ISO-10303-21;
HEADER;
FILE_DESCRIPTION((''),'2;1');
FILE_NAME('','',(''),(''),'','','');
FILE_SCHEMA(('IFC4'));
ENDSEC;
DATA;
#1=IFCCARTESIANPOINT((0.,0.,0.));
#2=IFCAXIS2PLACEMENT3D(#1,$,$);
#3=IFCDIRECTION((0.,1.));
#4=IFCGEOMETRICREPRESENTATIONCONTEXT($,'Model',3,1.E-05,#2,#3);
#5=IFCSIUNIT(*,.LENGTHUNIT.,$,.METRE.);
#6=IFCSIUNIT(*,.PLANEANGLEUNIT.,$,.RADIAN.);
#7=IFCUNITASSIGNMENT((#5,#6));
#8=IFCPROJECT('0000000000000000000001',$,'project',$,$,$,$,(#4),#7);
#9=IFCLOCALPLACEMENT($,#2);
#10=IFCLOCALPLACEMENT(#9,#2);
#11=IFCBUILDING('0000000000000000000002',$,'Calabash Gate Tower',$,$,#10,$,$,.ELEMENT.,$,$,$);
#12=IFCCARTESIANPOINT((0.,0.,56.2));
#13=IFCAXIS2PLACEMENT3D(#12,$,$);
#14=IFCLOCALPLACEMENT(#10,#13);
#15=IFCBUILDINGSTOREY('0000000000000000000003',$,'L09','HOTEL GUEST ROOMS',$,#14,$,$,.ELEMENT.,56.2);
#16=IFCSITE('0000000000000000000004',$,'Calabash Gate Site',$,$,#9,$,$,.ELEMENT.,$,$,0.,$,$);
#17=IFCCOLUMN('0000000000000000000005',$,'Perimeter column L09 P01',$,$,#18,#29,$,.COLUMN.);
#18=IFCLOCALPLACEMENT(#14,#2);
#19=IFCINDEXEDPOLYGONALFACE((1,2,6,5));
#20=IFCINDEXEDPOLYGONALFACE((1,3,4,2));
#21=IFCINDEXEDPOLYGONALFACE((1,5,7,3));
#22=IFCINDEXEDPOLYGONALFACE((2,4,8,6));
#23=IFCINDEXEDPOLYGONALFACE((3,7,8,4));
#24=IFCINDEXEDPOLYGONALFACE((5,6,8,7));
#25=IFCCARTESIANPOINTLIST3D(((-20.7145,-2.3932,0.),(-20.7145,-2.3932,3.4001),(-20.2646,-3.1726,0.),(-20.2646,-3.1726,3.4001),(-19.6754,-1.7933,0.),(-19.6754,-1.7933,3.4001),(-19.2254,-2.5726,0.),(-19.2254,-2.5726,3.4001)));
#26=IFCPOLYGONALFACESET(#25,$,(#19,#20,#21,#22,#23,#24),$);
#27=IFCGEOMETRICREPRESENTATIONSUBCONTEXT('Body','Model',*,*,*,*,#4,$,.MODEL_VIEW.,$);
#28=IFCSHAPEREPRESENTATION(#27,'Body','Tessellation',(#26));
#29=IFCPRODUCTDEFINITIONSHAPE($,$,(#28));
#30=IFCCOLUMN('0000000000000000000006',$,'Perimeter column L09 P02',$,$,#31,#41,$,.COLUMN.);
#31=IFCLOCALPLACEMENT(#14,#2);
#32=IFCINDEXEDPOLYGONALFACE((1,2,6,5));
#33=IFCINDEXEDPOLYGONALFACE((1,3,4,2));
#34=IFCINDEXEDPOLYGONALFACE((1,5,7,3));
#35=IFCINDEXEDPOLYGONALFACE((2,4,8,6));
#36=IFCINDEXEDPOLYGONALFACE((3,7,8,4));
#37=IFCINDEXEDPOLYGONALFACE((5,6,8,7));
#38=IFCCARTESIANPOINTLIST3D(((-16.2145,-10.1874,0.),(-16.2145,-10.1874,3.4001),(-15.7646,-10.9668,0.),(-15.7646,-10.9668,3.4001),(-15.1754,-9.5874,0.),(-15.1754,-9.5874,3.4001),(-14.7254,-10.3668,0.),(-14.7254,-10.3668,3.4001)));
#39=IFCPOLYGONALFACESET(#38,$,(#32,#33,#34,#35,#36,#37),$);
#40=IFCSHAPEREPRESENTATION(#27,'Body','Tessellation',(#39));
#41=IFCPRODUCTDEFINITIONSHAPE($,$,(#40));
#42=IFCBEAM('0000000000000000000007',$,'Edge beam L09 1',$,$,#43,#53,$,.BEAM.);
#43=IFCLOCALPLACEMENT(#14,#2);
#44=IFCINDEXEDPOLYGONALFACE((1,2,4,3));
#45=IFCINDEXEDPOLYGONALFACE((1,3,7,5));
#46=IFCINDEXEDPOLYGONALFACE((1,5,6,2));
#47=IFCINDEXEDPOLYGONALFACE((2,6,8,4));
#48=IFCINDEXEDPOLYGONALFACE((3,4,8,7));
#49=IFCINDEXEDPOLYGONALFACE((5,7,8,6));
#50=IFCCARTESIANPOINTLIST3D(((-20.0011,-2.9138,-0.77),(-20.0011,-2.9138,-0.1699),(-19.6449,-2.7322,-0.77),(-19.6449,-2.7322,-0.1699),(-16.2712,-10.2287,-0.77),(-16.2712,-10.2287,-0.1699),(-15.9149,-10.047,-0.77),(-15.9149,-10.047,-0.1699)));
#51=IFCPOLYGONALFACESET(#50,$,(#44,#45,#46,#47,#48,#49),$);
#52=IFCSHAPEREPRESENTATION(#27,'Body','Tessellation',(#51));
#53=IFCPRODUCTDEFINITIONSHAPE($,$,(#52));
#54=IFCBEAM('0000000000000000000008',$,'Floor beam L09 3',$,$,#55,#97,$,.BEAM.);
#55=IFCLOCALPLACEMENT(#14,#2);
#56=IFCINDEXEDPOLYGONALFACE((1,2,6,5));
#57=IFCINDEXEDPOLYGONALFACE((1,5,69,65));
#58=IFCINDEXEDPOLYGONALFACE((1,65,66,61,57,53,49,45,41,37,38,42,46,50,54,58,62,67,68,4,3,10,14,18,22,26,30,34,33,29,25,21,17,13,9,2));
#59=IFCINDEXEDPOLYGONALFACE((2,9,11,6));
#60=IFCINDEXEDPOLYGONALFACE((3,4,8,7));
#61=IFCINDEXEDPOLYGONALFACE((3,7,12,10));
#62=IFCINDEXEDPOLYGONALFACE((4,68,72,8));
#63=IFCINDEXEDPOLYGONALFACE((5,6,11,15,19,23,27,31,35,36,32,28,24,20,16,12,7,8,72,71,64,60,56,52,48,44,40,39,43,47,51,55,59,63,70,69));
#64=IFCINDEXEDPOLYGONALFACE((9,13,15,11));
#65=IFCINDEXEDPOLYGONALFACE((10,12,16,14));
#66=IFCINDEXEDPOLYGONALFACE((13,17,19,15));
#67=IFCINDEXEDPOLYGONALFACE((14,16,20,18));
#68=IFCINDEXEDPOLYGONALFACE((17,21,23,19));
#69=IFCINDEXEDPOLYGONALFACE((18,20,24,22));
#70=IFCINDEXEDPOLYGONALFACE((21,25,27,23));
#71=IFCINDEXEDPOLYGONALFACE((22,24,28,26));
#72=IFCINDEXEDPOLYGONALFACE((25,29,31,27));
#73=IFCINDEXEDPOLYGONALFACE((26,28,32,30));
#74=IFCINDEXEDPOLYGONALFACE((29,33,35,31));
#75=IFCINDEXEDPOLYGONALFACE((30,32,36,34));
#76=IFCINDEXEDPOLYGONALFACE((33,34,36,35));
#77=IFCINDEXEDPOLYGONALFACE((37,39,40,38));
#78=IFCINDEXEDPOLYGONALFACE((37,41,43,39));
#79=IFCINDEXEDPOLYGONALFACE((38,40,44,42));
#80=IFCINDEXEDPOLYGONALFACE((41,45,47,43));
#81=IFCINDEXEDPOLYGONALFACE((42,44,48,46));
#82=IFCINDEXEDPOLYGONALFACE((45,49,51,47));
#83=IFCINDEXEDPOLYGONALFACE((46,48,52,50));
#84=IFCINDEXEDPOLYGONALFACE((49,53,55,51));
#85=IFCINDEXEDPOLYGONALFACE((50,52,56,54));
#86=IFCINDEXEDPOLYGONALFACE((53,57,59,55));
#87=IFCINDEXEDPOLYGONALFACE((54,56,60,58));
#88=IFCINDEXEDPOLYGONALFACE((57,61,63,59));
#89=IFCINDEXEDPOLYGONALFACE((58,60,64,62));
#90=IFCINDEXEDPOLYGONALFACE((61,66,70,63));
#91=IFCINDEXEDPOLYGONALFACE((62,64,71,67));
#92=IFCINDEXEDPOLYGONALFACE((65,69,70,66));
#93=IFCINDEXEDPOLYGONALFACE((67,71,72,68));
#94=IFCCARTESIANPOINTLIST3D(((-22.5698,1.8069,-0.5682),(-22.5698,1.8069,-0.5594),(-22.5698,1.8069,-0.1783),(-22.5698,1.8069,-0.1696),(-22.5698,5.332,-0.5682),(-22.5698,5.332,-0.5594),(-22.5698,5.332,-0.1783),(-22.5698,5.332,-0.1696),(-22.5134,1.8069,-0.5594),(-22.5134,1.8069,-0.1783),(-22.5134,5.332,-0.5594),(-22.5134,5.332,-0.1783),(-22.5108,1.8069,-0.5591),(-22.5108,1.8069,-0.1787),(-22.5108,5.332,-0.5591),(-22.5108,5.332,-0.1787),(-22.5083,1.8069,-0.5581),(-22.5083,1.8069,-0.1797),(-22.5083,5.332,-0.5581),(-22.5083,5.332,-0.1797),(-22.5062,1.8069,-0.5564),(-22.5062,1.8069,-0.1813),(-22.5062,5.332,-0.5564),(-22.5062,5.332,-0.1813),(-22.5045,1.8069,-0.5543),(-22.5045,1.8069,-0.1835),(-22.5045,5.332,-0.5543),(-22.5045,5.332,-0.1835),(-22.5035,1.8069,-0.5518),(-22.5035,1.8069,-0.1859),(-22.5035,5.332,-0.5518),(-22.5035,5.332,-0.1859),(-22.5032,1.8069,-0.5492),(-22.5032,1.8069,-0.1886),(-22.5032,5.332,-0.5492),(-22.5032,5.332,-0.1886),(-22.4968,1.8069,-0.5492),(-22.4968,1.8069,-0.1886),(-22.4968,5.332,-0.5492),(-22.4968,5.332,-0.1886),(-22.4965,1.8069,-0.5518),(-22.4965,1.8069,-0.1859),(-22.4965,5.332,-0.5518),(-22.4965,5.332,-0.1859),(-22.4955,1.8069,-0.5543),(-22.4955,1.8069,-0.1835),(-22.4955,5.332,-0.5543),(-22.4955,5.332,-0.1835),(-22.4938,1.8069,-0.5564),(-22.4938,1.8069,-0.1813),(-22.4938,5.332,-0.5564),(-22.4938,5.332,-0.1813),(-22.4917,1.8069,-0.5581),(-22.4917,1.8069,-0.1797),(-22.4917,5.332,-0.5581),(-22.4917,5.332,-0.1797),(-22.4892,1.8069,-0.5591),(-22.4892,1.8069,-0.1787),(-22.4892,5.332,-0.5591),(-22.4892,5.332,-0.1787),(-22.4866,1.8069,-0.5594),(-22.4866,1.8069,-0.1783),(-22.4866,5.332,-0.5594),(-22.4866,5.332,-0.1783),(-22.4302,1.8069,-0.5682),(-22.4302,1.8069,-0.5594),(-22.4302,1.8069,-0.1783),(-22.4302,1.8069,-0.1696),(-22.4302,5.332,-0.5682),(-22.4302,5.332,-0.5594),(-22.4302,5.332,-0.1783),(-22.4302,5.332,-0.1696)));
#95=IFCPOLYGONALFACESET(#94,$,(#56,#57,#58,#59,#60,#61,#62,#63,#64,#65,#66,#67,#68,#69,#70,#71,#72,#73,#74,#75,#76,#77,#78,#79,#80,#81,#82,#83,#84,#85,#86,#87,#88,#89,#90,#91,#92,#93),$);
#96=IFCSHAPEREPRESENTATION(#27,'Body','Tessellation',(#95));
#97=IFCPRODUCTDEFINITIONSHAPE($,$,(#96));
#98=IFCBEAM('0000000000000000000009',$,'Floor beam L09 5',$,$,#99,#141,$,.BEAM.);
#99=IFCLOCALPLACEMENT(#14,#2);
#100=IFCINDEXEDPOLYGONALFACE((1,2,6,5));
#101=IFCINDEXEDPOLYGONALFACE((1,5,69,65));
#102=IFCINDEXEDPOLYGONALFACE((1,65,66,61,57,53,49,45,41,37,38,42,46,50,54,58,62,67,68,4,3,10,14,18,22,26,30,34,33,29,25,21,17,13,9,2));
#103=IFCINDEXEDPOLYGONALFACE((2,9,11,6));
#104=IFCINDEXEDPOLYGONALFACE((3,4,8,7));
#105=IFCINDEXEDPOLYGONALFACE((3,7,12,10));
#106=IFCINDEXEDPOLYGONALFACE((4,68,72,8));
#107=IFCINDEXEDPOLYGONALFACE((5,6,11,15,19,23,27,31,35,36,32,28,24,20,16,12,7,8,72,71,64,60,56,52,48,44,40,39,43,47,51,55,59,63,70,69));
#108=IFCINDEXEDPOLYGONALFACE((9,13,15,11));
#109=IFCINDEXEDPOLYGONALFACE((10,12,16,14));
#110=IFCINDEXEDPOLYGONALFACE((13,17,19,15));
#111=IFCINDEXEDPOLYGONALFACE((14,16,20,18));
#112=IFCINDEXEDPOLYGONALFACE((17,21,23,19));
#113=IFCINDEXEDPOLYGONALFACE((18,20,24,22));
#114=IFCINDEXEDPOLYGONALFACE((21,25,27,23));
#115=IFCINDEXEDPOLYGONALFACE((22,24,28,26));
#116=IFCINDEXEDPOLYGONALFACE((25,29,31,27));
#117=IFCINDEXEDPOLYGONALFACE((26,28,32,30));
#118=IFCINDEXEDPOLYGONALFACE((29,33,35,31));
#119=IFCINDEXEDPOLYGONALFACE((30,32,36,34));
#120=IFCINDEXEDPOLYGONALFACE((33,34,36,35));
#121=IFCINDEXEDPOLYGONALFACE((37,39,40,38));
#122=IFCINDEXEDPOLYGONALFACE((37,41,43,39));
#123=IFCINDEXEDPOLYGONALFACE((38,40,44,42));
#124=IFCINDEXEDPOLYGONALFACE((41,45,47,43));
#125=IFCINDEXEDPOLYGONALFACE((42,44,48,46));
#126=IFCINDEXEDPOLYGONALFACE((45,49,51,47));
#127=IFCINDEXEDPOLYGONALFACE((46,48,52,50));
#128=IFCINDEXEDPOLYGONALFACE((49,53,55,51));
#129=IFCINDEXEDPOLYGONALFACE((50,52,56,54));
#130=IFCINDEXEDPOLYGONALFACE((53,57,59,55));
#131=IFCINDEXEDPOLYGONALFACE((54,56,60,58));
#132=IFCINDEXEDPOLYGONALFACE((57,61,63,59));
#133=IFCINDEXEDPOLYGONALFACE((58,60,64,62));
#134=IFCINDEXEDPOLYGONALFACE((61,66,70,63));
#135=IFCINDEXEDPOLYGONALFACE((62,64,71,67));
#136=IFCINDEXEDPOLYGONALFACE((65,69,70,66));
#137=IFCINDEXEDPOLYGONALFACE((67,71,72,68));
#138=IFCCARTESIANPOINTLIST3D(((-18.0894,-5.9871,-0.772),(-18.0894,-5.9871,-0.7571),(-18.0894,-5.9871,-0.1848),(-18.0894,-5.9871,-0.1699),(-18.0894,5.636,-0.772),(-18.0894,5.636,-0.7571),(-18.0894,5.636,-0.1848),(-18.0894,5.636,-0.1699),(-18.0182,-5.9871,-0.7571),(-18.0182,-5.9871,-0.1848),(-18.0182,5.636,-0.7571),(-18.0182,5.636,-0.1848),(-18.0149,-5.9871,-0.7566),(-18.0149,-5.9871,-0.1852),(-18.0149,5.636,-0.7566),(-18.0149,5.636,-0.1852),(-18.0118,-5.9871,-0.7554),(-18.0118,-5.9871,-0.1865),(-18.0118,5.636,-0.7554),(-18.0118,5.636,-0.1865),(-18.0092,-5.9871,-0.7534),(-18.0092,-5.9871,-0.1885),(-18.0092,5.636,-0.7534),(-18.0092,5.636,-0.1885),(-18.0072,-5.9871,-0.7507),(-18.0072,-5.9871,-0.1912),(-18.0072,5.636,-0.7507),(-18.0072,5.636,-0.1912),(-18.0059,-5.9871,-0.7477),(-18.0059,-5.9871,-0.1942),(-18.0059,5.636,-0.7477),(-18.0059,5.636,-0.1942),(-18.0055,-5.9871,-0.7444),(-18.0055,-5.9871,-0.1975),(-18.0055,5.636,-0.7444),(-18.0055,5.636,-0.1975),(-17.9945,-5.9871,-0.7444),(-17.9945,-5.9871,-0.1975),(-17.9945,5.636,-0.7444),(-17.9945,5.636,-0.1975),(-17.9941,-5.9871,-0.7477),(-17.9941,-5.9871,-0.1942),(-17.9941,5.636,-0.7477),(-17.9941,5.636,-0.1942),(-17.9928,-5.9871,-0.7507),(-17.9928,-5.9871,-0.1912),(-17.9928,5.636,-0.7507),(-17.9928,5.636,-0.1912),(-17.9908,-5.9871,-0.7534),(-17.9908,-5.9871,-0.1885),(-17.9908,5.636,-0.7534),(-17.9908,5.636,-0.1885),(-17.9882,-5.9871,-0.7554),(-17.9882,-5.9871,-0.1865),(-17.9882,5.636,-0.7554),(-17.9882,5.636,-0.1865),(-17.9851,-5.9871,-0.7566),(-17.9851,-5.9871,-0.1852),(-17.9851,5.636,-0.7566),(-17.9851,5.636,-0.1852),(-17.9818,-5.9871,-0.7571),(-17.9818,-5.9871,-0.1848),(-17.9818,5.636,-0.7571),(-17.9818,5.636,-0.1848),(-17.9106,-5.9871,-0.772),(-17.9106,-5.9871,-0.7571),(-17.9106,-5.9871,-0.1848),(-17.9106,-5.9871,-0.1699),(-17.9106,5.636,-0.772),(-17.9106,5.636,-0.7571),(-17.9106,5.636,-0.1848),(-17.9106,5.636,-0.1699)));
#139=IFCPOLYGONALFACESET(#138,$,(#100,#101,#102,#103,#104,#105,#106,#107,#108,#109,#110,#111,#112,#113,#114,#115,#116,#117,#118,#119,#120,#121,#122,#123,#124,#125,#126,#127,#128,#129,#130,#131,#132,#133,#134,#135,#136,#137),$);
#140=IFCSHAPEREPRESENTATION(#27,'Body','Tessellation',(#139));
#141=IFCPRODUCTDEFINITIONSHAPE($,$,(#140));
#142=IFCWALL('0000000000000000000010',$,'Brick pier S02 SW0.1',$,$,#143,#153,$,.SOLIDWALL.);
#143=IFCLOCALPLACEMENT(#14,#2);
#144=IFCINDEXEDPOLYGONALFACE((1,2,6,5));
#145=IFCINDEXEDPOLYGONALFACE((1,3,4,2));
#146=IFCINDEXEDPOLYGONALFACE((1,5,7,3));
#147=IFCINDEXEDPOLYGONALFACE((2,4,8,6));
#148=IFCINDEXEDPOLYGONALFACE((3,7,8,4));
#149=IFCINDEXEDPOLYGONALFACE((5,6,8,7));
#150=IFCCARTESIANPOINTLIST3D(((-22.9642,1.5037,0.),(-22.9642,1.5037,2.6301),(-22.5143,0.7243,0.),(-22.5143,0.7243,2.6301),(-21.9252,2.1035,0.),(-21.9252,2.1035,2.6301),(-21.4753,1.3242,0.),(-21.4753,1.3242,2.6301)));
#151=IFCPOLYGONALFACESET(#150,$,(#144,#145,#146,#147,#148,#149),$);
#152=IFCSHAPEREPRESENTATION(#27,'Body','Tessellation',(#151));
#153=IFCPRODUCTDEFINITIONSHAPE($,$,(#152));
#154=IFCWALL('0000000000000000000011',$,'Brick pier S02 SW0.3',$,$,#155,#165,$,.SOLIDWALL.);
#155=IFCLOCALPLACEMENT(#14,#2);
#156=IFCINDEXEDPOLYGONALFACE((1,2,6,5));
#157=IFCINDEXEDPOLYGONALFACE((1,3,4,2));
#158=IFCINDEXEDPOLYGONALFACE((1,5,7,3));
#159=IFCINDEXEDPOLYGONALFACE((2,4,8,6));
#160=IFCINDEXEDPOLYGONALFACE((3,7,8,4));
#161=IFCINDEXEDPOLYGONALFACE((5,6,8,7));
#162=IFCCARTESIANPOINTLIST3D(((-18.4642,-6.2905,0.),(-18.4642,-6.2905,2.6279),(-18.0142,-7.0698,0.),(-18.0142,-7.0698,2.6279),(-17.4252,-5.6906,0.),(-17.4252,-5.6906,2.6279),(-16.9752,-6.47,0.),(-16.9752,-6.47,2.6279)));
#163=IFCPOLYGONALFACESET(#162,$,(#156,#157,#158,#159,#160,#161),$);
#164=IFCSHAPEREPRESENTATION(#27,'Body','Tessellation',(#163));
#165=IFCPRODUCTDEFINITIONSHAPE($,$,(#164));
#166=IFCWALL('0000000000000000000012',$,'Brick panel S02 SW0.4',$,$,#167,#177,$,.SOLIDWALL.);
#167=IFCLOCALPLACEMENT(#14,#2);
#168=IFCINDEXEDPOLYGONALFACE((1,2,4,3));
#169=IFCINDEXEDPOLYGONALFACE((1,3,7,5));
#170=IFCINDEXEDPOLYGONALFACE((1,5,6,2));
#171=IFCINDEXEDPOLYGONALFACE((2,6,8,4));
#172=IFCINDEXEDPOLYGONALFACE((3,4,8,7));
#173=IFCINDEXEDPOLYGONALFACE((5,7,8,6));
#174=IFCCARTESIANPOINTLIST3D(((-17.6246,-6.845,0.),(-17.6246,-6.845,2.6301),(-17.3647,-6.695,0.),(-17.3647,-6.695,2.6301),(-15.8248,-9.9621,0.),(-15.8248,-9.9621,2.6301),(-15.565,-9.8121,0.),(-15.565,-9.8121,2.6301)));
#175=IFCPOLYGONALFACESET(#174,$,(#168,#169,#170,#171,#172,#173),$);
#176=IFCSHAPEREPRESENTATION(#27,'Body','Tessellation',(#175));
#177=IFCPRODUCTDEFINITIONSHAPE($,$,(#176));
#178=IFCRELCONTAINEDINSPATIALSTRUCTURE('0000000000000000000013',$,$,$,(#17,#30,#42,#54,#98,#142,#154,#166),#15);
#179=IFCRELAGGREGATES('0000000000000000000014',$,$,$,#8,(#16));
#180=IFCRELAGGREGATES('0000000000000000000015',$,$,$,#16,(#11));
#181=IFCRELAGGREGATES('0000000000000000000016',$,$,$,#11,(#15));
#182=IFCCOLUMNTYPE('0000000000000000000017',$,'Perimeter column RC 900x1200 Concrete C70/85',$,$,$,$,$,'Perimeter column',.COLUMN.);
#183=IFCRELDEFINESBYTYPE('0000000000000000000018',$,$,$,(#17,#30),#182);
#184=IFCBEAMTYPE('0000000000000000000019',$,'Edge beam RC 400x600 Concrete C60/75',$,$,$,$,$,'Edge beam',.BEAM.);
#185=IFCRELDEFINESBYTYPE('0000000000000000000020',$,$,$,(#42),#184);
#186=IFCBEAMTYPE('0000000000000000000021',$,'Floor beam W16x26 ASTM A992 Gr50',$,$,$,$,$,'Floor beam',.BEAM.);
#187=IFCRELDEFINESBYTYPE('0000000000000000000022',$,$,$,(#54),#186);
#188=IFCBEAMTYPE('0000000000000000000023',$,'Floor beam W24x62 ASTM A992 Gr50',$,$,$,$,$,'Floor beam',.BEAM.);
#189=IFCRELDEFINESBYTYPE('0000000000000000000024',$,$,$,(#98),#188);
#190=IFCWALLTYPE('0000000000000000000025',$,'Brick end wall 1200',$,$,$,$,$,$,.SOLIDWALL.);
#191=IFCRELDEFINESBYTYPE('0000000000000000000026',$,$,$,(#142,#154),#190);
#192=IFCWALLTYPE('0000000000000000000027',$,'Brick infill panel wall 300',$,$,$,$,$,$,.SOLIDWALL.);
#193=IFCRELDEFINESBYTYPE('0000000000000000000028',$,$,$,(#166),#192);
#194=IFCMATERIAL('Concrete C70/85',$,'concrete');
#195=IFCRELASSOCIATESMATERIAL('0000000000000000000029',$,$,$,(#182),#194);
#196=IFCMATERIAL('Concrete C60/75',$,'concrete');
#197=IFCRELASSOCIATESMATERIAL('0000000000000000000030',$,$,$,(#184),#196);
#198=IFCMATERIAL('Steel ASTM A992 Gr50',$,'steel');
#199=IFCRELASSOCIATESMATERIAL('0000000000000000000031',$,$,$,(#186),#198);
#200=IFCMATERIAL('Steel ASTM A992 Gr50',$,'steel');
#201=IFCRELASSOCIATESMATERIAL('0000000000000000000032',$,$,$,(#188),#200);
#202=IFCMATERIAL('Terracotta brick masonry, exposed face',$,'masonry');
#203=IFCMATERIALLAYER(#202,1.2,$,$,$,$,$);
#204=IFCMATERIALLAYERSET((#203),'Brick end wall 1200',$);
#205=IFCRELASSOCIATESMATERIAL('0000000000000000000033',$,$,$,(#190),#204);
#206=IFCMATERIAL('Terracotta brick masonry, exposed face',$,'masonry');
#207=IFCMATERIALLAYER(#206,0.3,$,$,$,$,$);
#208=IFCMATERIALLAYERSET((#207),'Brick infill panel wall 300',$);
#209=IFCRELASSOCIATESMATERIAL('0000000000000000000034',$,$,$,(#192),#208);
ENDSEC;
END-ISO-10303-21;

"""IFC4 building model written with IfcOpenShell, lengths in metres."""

from ifc_helpers import new_model, si_unit, direction, frame, frame_2d, origin, origin_2d, place, context, subcontext, project, spatial, rectangle, i_section, extrude, material, layer, layer_set, material_profile, profile_set, type_object, element, save


model = new_model("IFC4")

# Units and contexts
model_context = context("Model", 3, precision=1e-05, world=origin(), true_north=direction((0.0, 1.0)))
body_context = subcontext(model_context, "Body", "Model", "MODEL_VIEW")
ifc_project = project(units=[si_unit("LENGTHUNIT", "METRE"), si_unit("PLANEANGLEUNIT", "RADIAN")], contexts=[model_context])

# Site, building, storey
site_placement = place(None, origin())
site = spatial("IfcSite", under=ifc_project, at=site_placement, Name="Calabash Gate Site", CompositionType="ELEMENT", RefElevation=0.0)
building_placement = place(site_placement, origin())
building = spatial("IfcBuilding", under=site, at=building_placement, Name="Calabash Gate Tower", CompositionType="ELEMENT")
storey_placement = place(building_placement, frame((0.0, 0.0, 56.2)))
storey = spatial("IfcBuildingStorey", under=building, at=storey_placement, Name="L09", Description="HOTEL GUEST ROOMS", CompositionType="ELEMENT", Elevation=56.2)

# Columns
ifc_material_1 = material(Name="Concrete C70/85", Category="concrete")
ifc_material_profile_1 = material_profile(ifc_material_1, rectangle(XDim=0.8999, YDim=1.2, at=origin_2d()))
ifc_profile_set_1 = profile_set([ifc_material_profile_1], Name="Concrete C70/85")
column_type = type_object("IfcColumnType", Name="Perimeter column RC 900x1200 Concrete C70/85", ElementType="Perimeter column", PredefinedType="COLUMN", material=ifc_profile_set_1)
for number, where, z_axis, x_axis, name in (
    (1, (-19.97, -2.4829, 0.0), (0.0, 0.0, 1.0), (0.5, -0.866025, 0.0), "Perimeter column L09 P01"),
    (2, (-15.47, -10.2771, 0.0), (0.0, 0.0, 1.0), (0.5, -0.866025, 0.0), "Perimeter column L09 P02"),
):
    element("IfcColumn", number, at=place(storey_placement, frame(where, z_axis=z_axis, x_axis=x_axis)), inside=storey, type_object=column_type, Name=name, PredefinedType="COLUMN", context=body_context, shape_type="SweptSolid", body=[
        extrude(rectangle(XDim=0.8999, YDim=1.2, at=origin_2d()), origin(), (0.0, 0.0, 1.0), 3.4001),
    ])

# Beams
ifc_material_2 = material(Name="Concrete C60/75", Category="concrete")
ifc_material_profile_2 = material_profile(ifc_material_2, rectangle(XDim=0.3999, YDim=0.6001, at=origin_2d()))
ifc_profile_set_2 = profile_set([ifc_material_profile_2], Name="Concrete C60/75")
beam_type_1 = type_object("IfcBeamType", Name="Edge beam RC 400x600 Concrete C60/75", ElementType="Edge beam", PredefinedType="BEAM", material=ifc_profile_set_2)
beam_1_placement = place(storey_placement, frame((-19.823, -2.823, -0.47), z_axis=(0.454264, -0.890867, 0.0), x_axis=(0.890867, 0.454264, 0.0)))
element("IfcBeam", 3, at=beam_1_placement, inside=storey, type_object=beam_type_1, Name="Edge beam L09 1", PredefinedType="BEAM", context=body_context, shape_type="SweptSolid", body=[
    extrude(rectangle(XDim=0.3999, YDim=0.6001, at=origin_2d()), origin(), (0.0, 0.0, 1.0), 8.2109),
])
ifc_material_3 = material(Name="Steel ASTM A992 Gr50", Category="steel")
ifc_material_profile_3 = material_profile(ifc_material_3, i_section(OverallWidth=0.1396, OverallDepth=0.3987, WebThickness=0.0063, FlangeThickness=0.0088, FilletRadius=0.0103, at=origin_2d()))
ifc_profile_set_3 = profile_set([ifc_material_profile_3], Name="Steel ASTM A992 Gr50")
beam_type_2 = type_object("IfcBeamType", Name="Floor beam W16x26 ASTM A992 Gr50", ElementType="Floor beam", PredefinedType="BEAM", material=ifc_profile_set_3)
beam_2_placement = place(storey_placement, frame((-22.5, 1.8069, -0.3689), z_axis=(0.0, 1.0, 0.0), x_axis=(-1.0, 0.0, 0.0)))
element("IfcBeam", 4, at=beam_2_placement, inside=storey, type_object=beam_type_2, Name="Floor beam L09 3", PredefinedType="BEAM", context=body_context, shape_type="SweptSolid", body=[
    extrude(i_section(OverallWidth=0.1396, OverallDepth=0.3987, WebThickness=0.0063, FlangeThickness=0.0088, FilletRadius=0.0103, at=origin_2d()), origin(), (0.0, 0.0, 1.0), 3.5251),
])
ifc_material_4 = material(Name="Steel ASTM A992 Gr50", Category="steel")
ifc_material_profile_4 = material_profile(ifc_material_4, i_section(OverallWidth=0.1787, OverallDepth=0.6021, WebThickness=0.011, FlangeThickness=0.0149, FilletRadius=0.0127, at=origin_2d()))
ifc_profile_set_4 = profile_set([ifc_material_profile_4], Name="Steel ASTM A992 Gr50")
beam_type_3 = type_object("IfcBeamType", Name="Floor beam W24x62 ASTM A992 Gr50", ElementType="Floor beam", PredefinedType="BEAM", material=ifc_profile_set_4)
beam_3_placement = place(storey_placement, frame((-18.0, -5.9871, -0.4709), z_axis=(0.0, 1.0, 0.0), x_axis=(-1.0, 0.0, 0.0)))
element("IfcBeam", 5, at=beam_3_placement, inside=storey, type_object=beam_type_3, Name="Floor beam L09 5", PredefinedType="BEAM", context=body_context, shape_type="SweptSolid", body=[
    extrude(i_section(OverallWidth=0.1787, OverallDepth=0.6021, WebThickness=0.011, FlangeThickness=0.0149, FilletRadius=0.0127, at=origin_2d()), origin(), (0.0, 0.0, 1.0), 11.623),
])

# Walls
ifc_material_5 = material(Name="Terracotta brick masonry, exposed face", Category="masonry")
ifc_layer_1 = layer(ifc_material_5, 1.2)
ifc_layer_set_1 = layer_set([ifc_layer_1], Name="Brick end wall 1200")
wall_type_1 = type_object("IfcWallType", Name="Brick end wall 1200", PredefinedType="SOLIDWALL", material=ifc_layer_set_1)
wall_1_placement = place(storey_placement, frame((-22.7393, 1.114, 0.0), z_axis=(0.0, 0.0, 1.0), x_axis=(0.866043, 0.499969, 0.0)))
element("IfcWall", 6, at=wall_1_placement, inside=storey, type_object=wall_type_1, Name="Brick pier S02 SW0.1", PredefinedType="SOLIDWALL", context=body_context, shape_type="SweptSolid", body=[
    extrude(rectangle(XDim=1.1997, YDim=0.8999, at=frame_2d((0.5999, 0.0))), origin(), (0.0, 0.0, 1.0), 2.6301),
])
wall_2_placement = place(storey_placement, frame((-17.2002, -6.0803, 0.0), z_axis=(0.0, 0.0, 1.0), x_axis=(-0.866043, -0.499969, 0.0)))
element("IfcWall", 7, at=wall_2_placement, inside=storey, type_object=wall_type_1, Name="Brick pier S02 SW0.3", PredefinedType="SOLIDWALL", context=body_context, shape_type="SweptSolid", body=[
    extrude(rectangle(XDim=1.1997, YDim=0.8999, at=frame_2d((0.5999, 0.0))), origin(), (0.0, 0.0, 1.0), 2.6279),
])
ifc_material_6 = material(Name="Terracotta brick masonry, exposed face", Category="masonry")
ifc_layer_2 = layer(ifc_material_6, 0.3)
ifc_layer_set_2 = layer_set([ifc_layer_2], Name="Brick infill panel wall 300")
wall_type_2 = type_object("IfcWallType", Name="Brick infill panel wall 300", PredefinedType="SOLIDWALL", material=ifc_layer_set_2)
wall_3_placement = place(storey_placement, frame((-15.6948, -9.8872, 0.0), z_axis=(0.0, 0.0, 1.0), x_axis=(-0.50002, 0.866014, 0.0)))
element("IfcWall", 8, at=wall_3_placement, inside=storey, type_object=wall_type_2, Name="Brick panel S02 SW0.4", PredefinedType="SOLIDWALL", context=body_context, shape_type="SweptSolid", body=[
    extrude(rectangle(XDim=3.5994, YDim=0.3, at=frame_2d((1.7998, 0.0))), origin(), (0.0, 0.0, 1.0), 2.6301),
])

save(model, "model.ifc")
